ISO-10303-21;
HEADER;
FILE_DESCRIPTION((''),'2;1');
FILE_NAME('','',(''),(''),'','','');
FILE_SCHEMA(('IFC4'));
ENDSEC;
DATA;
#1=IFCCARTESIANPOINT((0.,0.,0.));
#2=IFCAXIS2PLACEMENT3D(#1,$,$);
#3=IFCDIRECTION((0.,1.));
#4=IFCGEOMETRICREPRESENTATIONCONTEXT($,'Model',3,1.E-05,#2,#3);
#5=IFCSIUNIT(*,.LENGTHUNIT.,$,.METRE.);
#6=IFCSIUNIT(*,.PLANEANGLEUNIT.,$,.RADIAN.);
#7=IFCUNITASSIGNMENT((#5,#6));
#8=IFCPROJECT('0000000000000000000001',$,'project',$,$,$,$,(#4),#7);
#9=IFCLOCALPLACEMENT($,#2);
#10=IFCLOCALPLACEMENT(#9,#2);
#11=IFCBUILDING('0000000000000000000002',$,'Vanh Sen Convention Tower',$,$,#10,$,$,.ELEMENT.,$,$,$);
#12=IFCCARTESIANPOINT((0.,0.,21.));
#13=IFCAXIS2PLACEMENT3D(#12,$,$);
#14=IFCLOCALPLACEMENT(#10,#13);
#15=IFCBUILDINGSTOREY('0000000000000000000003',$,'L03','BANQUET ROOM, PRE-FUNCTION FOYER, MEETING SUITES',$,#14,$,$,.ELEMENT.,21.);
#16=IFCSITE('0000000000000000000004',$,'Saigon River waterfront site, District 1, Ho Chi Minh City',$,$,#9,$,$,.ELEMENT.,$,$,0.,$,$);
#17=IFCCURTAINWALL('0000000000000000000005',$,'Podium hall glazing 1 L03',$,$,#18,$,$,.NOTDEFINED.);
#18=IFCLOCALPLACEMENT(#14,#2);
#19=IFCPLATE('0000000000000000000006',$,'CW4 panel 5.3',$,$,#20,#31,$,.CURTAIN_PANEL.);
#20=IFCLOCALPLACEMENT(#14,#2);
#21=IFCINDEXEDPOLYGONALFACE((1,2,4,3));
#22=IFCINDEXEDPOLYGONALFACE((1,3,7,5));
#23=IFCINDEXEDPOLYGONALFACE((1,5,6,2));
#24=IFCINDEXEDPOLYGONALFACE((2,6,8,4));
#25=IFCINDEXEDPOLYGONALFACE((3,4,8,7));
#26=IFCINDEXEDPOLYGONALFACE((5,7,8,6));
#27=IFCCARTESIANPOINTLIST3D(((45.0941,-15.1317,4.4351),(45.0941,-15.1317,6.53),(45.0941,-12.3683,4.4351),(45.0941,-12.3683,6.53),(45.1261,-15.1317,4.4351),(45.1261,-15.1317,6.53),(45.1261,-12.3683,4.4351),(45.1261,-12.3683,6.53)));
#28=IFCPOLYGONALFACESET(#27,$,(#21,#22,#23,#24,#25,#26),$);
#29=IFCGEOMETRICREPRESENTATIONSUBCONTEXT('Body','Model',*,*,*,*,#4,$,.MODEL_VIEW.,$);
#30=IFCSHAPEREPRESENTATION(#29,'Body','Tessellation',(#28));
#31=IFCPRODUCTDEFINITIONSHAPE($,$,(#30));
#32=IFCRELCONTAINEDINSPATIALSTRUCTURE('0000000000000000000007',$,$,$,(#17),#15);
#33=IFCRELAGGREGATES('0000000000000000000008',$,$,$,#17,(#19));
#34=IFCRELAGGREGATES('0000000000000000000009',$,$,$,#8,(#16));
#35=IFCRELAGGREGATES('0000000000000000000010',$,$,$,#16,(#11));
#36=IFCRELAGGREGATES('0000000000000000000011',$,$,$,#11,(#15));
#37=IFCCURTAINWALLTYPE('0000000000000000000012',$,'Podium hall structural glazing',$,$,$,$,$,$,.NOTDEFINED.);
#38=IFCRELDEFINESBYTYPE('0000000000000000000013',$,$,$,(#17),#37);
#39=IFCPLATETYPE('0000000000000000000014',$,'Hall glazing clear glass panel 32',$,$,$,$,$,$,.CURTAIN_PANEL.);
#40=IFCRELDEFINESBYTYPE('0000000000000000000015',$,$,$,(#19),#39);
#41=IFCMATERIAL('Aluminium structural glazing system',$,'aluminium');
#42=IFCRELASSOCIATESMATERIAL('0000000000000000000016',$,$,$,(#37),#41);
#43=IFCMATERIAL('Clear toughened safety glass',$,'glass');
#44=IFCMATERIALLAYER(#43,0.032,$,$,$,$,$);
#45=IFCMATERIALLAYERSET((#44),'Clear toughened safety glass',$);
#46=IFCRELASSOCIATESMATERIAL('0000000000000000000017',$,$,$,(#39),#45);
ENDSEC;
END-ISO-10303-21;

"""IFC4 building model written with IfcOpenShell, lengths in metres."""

from ifc_helpers import new_model, si_unit, direction, frame, origin, origin_2d, place, context, subcontext, project, spatial, rectangle, extrude, material, layer, layer_set, type_object, element, aggregate, save


model = new_model("IFC4")

# Units and contexts
model_context = context("Model", 3, precision=1e-05, world=origin(), true_north=direction((0.0, 1.0)))
body_context = subcontext(model_context, "Body", "Model", "MODEL_VIEW")
ifc_project = project(units=[si_unit("LENGTHUNIT", "METRE"), si_unit("PLANEANGLEUNIT", "RADIAN")], contexts=[model_context])

# Site, building, storey
site_placement = place(None, origin())
site = spatial("IfcSite", under=ifc_project, at=site_placement, Name="Saigon River waterfront site, District 1, Ho Chi Minh City", CompositionType="ELEMENT", RefElevation=0.0)
building_placement = place(site_placement, origin())
building = spatial("IfcBuilding", under=site, at=building_placement, Name="Vanh Sen Convention Tower", CompositionType="ELEMENT")
storey_placement = place(building_placement, frame((0.0, 0.0, 21.0)))
storey = spatial("IfcBuildingStorey", under=building, at=storey_placement, Name="L03", Description="BANQUET ROOM, PRE-FUNCTION FOYER, MEETING SUITES", CompositionType="ELEMENT", Elevation=21.0)

# Curtain wall, plate
ifc_material_1 = material(Name="Aluminium structural glazing system", Category="aluminium")
curtain_wall_type = type_object("IfcCurtainWallType", Name="Podium hall structural glazing", PredefinedType="NOTDEFINED", material=ifc_material_1)
curtain_wall_placement = place(storey_placement, origin())
curtain_wall = element("IfcCurtainWall", 1, at=curtain_wall_placement, inside=storey, type_object=curtain_wall_type, Name="Podium hall glazing 1 L03", PredefinedType="NOTDEFINED")
ifc_material_2 = material(Name="Clear toughened safety glass", Category="glass")
ifc_layer = layer(ifc_material_2, 0.032)
ifc_layer_set = layer_set([ifc_layer], Name="Clear toughened safety glass")
plate_type = type_object("IfcPlateType", Name="Hall glazing clear glass panel 32", PredefinedType="CURTAIN_PANEL", material=ifc_layer_set)
plate_1_placement = place(storey_placement, frame((45.1101, -13.75, 4.4351), z_axis=(0.0, 0.0, 1.0), x_axis=(0.0, 1.0, 0.0)))
plate_1 = element("IfcPlate", 2, at=plate_1_placement, type_object=plate_type, Name="CW4 panel 5.3", PredefinedType="CURTAIN_PANEL", context=body_context, shape_type="SweptSolid", body=[
    extrude(rectangle(XDim=2.7634, YDim=0.032, at=origin_2d()), origin(), (0.0, 0.0, 1.0), 2.095),
])
aggregate(curtain_wall, [plate_1])

save(model, "model.ifc")
